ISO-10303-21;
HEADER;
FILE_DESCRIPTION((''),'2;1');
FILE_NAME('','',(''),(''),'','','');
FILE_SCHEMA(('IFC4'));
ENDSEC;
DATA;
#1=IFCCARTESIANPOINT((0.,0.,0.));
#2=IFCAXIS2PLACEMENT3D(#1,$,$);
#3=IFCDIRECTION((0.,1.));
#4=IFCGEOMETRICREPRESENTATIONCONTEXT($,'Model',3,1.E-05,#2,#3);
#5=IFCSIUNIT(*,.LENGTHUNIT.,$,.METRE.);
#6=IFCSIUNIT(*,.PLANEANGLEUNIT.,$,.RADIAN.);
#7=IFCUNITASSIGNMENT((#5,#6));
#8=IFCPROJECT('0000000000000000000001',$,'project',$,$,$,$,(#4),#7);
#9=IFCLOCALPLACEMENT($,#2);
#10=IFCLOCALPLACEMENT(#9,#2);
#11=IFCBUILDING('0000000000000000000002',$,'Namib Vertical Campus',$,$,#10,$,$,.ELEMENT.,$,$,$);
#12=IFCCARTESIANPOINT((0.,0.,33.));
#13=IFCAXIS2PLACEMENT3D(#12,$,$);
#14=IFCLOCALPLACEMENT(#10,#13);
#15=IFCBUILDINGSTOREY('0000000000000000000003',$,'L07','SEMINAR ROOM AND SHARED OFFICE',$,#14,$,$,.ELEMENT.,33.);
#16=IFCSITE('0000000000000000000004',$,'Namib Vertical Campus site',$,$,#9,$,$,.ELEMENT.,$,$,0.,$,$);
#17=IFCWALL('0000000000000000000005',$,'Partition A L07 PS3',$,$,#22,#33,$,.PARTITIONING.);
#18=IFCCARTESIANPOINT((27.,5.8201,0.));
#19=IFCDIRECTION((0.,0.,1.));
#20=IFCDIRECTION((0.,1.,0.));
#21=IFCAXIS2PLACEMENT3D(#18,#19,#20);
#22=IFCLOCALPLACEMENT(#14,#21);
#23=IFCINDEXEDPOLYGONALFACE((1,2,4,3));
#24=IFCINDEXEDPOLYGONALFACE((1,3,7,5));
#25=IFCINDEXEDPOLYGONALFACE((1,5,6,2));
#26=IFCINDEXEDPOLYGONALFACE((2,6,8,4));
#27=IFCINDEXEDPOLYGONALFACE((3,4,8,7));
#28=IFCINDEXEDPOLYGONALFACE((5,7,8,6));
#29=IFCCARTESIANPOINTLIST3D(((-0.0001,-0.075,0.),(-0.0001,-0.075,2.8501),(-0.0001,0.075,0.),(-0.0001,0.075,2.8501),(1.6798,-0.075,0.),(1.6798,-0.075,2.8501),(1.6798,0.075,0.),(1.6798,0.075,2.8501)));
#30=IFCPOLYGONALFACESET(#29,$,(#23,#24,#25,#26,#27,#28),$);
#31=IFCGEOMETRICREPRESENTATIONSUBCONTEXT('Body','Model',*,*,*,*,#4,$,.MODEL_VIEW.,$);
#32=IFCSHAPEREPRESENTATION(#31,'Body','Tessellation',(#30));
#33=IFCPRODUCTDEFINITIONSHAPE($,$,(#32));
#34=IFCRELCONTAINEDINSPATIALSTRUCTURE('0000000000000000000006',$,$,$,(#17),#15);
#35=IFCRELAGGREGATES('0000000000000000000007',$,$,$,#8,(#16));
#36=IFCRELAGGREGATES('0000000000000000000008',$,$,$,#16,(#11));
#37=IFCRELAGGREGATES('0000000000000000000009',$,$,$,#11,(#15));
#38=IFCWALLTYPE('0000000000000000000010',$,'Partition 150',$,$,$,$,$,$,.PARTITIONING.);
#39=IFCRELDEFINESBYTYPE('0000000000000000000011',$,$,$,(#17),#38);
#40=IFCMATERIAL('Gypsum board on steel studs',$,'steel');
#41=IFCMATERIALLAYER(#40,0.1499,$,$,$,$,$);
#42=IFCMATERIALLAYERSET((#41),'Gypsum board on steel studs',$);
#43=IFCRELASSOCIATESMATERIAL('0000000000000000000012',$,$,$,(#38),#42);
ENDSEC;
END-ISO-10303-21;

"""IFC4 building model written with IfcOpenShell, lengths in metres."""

from ifc_helpers import new_model, si_unit, direction, frame, frame_2d, origin, place, context, subcontext, project, spatial, rectangle, extrude, material, layer, layer_set, type_object, element, save


model = new_model("IFC4")

# Units and contexts
model_context = context("Model", 3, precision=1e-05, world=origin(), true_north=direction((0.0, 1.0)))
body_context = subcontext(model_context, "Body", "Model", "MODEL_VIEW")
ifc_project = project(units=[si_unit("LENGTHUNIT", "METRE"), si_unit("PLANEANGLEUNIT", "RADIAN")], contexts=[model_context])

# Site, building, storey
site_placement = place(None, origin())
site = spatial("IfcSite", under=ifc_project, at=site_placement, Name="Namib Vertical Campus site", CompositionType="ELEMENT", RefElevation=0.0)
building_placement = place(site_placement, origin())
building = spatial("IfcBuilding", under=site, at=building_placement, Name="Namib Vertical Campus", CompositionType="ELEMENT")
storey_placement = place(building_placement, frame((0.0, 0.0, 33.0)))
storey = spatial("IfcBuildingStorey", under=building, at=storey_placement, Name="L07", Description="SEMINAR ROOM AND SHARED OFFICE", CompositionType="ELEMENT", Elevation=33.0)

# Wall
ifc_material_1 = material(Name="Gypsum board on steel studs", Category="steel")
ifc_layer_1 = layer(ifc_material_1, 0.1499)
ifc_layer_set_1 = layer_set([ifc_layer_1], Name="Gypsum board on steel studs")
wall_type_1 = type_object("IfcWallType", Name="Partition 150", PredefinedType="PARTITIONING", material=ifc_layer_set_1)
wall_1_placement = place(storey_placement, frame((27.0, 5.8201, 0.0), z_axis=(0.0, 0.0, 1.0), x_axis=(0.0, 1.0, 0.0)))
element("IfcWall", 1, at=wall_1_placement, inside=storey, type_object=wall_type_1, Name="Partition A L07 PS3", PredefinedType="PARTITIONING", context=body_context, shape_type="SweptSolid", body=[
    extrude(rectangle(XDim=1.6799, YDim=0.1499, at=frame_2d((0.8398, 0.0))), origin(), (0.0, 0.0, 1.0), 2.8501),
])

save(model, "model.ifc")
